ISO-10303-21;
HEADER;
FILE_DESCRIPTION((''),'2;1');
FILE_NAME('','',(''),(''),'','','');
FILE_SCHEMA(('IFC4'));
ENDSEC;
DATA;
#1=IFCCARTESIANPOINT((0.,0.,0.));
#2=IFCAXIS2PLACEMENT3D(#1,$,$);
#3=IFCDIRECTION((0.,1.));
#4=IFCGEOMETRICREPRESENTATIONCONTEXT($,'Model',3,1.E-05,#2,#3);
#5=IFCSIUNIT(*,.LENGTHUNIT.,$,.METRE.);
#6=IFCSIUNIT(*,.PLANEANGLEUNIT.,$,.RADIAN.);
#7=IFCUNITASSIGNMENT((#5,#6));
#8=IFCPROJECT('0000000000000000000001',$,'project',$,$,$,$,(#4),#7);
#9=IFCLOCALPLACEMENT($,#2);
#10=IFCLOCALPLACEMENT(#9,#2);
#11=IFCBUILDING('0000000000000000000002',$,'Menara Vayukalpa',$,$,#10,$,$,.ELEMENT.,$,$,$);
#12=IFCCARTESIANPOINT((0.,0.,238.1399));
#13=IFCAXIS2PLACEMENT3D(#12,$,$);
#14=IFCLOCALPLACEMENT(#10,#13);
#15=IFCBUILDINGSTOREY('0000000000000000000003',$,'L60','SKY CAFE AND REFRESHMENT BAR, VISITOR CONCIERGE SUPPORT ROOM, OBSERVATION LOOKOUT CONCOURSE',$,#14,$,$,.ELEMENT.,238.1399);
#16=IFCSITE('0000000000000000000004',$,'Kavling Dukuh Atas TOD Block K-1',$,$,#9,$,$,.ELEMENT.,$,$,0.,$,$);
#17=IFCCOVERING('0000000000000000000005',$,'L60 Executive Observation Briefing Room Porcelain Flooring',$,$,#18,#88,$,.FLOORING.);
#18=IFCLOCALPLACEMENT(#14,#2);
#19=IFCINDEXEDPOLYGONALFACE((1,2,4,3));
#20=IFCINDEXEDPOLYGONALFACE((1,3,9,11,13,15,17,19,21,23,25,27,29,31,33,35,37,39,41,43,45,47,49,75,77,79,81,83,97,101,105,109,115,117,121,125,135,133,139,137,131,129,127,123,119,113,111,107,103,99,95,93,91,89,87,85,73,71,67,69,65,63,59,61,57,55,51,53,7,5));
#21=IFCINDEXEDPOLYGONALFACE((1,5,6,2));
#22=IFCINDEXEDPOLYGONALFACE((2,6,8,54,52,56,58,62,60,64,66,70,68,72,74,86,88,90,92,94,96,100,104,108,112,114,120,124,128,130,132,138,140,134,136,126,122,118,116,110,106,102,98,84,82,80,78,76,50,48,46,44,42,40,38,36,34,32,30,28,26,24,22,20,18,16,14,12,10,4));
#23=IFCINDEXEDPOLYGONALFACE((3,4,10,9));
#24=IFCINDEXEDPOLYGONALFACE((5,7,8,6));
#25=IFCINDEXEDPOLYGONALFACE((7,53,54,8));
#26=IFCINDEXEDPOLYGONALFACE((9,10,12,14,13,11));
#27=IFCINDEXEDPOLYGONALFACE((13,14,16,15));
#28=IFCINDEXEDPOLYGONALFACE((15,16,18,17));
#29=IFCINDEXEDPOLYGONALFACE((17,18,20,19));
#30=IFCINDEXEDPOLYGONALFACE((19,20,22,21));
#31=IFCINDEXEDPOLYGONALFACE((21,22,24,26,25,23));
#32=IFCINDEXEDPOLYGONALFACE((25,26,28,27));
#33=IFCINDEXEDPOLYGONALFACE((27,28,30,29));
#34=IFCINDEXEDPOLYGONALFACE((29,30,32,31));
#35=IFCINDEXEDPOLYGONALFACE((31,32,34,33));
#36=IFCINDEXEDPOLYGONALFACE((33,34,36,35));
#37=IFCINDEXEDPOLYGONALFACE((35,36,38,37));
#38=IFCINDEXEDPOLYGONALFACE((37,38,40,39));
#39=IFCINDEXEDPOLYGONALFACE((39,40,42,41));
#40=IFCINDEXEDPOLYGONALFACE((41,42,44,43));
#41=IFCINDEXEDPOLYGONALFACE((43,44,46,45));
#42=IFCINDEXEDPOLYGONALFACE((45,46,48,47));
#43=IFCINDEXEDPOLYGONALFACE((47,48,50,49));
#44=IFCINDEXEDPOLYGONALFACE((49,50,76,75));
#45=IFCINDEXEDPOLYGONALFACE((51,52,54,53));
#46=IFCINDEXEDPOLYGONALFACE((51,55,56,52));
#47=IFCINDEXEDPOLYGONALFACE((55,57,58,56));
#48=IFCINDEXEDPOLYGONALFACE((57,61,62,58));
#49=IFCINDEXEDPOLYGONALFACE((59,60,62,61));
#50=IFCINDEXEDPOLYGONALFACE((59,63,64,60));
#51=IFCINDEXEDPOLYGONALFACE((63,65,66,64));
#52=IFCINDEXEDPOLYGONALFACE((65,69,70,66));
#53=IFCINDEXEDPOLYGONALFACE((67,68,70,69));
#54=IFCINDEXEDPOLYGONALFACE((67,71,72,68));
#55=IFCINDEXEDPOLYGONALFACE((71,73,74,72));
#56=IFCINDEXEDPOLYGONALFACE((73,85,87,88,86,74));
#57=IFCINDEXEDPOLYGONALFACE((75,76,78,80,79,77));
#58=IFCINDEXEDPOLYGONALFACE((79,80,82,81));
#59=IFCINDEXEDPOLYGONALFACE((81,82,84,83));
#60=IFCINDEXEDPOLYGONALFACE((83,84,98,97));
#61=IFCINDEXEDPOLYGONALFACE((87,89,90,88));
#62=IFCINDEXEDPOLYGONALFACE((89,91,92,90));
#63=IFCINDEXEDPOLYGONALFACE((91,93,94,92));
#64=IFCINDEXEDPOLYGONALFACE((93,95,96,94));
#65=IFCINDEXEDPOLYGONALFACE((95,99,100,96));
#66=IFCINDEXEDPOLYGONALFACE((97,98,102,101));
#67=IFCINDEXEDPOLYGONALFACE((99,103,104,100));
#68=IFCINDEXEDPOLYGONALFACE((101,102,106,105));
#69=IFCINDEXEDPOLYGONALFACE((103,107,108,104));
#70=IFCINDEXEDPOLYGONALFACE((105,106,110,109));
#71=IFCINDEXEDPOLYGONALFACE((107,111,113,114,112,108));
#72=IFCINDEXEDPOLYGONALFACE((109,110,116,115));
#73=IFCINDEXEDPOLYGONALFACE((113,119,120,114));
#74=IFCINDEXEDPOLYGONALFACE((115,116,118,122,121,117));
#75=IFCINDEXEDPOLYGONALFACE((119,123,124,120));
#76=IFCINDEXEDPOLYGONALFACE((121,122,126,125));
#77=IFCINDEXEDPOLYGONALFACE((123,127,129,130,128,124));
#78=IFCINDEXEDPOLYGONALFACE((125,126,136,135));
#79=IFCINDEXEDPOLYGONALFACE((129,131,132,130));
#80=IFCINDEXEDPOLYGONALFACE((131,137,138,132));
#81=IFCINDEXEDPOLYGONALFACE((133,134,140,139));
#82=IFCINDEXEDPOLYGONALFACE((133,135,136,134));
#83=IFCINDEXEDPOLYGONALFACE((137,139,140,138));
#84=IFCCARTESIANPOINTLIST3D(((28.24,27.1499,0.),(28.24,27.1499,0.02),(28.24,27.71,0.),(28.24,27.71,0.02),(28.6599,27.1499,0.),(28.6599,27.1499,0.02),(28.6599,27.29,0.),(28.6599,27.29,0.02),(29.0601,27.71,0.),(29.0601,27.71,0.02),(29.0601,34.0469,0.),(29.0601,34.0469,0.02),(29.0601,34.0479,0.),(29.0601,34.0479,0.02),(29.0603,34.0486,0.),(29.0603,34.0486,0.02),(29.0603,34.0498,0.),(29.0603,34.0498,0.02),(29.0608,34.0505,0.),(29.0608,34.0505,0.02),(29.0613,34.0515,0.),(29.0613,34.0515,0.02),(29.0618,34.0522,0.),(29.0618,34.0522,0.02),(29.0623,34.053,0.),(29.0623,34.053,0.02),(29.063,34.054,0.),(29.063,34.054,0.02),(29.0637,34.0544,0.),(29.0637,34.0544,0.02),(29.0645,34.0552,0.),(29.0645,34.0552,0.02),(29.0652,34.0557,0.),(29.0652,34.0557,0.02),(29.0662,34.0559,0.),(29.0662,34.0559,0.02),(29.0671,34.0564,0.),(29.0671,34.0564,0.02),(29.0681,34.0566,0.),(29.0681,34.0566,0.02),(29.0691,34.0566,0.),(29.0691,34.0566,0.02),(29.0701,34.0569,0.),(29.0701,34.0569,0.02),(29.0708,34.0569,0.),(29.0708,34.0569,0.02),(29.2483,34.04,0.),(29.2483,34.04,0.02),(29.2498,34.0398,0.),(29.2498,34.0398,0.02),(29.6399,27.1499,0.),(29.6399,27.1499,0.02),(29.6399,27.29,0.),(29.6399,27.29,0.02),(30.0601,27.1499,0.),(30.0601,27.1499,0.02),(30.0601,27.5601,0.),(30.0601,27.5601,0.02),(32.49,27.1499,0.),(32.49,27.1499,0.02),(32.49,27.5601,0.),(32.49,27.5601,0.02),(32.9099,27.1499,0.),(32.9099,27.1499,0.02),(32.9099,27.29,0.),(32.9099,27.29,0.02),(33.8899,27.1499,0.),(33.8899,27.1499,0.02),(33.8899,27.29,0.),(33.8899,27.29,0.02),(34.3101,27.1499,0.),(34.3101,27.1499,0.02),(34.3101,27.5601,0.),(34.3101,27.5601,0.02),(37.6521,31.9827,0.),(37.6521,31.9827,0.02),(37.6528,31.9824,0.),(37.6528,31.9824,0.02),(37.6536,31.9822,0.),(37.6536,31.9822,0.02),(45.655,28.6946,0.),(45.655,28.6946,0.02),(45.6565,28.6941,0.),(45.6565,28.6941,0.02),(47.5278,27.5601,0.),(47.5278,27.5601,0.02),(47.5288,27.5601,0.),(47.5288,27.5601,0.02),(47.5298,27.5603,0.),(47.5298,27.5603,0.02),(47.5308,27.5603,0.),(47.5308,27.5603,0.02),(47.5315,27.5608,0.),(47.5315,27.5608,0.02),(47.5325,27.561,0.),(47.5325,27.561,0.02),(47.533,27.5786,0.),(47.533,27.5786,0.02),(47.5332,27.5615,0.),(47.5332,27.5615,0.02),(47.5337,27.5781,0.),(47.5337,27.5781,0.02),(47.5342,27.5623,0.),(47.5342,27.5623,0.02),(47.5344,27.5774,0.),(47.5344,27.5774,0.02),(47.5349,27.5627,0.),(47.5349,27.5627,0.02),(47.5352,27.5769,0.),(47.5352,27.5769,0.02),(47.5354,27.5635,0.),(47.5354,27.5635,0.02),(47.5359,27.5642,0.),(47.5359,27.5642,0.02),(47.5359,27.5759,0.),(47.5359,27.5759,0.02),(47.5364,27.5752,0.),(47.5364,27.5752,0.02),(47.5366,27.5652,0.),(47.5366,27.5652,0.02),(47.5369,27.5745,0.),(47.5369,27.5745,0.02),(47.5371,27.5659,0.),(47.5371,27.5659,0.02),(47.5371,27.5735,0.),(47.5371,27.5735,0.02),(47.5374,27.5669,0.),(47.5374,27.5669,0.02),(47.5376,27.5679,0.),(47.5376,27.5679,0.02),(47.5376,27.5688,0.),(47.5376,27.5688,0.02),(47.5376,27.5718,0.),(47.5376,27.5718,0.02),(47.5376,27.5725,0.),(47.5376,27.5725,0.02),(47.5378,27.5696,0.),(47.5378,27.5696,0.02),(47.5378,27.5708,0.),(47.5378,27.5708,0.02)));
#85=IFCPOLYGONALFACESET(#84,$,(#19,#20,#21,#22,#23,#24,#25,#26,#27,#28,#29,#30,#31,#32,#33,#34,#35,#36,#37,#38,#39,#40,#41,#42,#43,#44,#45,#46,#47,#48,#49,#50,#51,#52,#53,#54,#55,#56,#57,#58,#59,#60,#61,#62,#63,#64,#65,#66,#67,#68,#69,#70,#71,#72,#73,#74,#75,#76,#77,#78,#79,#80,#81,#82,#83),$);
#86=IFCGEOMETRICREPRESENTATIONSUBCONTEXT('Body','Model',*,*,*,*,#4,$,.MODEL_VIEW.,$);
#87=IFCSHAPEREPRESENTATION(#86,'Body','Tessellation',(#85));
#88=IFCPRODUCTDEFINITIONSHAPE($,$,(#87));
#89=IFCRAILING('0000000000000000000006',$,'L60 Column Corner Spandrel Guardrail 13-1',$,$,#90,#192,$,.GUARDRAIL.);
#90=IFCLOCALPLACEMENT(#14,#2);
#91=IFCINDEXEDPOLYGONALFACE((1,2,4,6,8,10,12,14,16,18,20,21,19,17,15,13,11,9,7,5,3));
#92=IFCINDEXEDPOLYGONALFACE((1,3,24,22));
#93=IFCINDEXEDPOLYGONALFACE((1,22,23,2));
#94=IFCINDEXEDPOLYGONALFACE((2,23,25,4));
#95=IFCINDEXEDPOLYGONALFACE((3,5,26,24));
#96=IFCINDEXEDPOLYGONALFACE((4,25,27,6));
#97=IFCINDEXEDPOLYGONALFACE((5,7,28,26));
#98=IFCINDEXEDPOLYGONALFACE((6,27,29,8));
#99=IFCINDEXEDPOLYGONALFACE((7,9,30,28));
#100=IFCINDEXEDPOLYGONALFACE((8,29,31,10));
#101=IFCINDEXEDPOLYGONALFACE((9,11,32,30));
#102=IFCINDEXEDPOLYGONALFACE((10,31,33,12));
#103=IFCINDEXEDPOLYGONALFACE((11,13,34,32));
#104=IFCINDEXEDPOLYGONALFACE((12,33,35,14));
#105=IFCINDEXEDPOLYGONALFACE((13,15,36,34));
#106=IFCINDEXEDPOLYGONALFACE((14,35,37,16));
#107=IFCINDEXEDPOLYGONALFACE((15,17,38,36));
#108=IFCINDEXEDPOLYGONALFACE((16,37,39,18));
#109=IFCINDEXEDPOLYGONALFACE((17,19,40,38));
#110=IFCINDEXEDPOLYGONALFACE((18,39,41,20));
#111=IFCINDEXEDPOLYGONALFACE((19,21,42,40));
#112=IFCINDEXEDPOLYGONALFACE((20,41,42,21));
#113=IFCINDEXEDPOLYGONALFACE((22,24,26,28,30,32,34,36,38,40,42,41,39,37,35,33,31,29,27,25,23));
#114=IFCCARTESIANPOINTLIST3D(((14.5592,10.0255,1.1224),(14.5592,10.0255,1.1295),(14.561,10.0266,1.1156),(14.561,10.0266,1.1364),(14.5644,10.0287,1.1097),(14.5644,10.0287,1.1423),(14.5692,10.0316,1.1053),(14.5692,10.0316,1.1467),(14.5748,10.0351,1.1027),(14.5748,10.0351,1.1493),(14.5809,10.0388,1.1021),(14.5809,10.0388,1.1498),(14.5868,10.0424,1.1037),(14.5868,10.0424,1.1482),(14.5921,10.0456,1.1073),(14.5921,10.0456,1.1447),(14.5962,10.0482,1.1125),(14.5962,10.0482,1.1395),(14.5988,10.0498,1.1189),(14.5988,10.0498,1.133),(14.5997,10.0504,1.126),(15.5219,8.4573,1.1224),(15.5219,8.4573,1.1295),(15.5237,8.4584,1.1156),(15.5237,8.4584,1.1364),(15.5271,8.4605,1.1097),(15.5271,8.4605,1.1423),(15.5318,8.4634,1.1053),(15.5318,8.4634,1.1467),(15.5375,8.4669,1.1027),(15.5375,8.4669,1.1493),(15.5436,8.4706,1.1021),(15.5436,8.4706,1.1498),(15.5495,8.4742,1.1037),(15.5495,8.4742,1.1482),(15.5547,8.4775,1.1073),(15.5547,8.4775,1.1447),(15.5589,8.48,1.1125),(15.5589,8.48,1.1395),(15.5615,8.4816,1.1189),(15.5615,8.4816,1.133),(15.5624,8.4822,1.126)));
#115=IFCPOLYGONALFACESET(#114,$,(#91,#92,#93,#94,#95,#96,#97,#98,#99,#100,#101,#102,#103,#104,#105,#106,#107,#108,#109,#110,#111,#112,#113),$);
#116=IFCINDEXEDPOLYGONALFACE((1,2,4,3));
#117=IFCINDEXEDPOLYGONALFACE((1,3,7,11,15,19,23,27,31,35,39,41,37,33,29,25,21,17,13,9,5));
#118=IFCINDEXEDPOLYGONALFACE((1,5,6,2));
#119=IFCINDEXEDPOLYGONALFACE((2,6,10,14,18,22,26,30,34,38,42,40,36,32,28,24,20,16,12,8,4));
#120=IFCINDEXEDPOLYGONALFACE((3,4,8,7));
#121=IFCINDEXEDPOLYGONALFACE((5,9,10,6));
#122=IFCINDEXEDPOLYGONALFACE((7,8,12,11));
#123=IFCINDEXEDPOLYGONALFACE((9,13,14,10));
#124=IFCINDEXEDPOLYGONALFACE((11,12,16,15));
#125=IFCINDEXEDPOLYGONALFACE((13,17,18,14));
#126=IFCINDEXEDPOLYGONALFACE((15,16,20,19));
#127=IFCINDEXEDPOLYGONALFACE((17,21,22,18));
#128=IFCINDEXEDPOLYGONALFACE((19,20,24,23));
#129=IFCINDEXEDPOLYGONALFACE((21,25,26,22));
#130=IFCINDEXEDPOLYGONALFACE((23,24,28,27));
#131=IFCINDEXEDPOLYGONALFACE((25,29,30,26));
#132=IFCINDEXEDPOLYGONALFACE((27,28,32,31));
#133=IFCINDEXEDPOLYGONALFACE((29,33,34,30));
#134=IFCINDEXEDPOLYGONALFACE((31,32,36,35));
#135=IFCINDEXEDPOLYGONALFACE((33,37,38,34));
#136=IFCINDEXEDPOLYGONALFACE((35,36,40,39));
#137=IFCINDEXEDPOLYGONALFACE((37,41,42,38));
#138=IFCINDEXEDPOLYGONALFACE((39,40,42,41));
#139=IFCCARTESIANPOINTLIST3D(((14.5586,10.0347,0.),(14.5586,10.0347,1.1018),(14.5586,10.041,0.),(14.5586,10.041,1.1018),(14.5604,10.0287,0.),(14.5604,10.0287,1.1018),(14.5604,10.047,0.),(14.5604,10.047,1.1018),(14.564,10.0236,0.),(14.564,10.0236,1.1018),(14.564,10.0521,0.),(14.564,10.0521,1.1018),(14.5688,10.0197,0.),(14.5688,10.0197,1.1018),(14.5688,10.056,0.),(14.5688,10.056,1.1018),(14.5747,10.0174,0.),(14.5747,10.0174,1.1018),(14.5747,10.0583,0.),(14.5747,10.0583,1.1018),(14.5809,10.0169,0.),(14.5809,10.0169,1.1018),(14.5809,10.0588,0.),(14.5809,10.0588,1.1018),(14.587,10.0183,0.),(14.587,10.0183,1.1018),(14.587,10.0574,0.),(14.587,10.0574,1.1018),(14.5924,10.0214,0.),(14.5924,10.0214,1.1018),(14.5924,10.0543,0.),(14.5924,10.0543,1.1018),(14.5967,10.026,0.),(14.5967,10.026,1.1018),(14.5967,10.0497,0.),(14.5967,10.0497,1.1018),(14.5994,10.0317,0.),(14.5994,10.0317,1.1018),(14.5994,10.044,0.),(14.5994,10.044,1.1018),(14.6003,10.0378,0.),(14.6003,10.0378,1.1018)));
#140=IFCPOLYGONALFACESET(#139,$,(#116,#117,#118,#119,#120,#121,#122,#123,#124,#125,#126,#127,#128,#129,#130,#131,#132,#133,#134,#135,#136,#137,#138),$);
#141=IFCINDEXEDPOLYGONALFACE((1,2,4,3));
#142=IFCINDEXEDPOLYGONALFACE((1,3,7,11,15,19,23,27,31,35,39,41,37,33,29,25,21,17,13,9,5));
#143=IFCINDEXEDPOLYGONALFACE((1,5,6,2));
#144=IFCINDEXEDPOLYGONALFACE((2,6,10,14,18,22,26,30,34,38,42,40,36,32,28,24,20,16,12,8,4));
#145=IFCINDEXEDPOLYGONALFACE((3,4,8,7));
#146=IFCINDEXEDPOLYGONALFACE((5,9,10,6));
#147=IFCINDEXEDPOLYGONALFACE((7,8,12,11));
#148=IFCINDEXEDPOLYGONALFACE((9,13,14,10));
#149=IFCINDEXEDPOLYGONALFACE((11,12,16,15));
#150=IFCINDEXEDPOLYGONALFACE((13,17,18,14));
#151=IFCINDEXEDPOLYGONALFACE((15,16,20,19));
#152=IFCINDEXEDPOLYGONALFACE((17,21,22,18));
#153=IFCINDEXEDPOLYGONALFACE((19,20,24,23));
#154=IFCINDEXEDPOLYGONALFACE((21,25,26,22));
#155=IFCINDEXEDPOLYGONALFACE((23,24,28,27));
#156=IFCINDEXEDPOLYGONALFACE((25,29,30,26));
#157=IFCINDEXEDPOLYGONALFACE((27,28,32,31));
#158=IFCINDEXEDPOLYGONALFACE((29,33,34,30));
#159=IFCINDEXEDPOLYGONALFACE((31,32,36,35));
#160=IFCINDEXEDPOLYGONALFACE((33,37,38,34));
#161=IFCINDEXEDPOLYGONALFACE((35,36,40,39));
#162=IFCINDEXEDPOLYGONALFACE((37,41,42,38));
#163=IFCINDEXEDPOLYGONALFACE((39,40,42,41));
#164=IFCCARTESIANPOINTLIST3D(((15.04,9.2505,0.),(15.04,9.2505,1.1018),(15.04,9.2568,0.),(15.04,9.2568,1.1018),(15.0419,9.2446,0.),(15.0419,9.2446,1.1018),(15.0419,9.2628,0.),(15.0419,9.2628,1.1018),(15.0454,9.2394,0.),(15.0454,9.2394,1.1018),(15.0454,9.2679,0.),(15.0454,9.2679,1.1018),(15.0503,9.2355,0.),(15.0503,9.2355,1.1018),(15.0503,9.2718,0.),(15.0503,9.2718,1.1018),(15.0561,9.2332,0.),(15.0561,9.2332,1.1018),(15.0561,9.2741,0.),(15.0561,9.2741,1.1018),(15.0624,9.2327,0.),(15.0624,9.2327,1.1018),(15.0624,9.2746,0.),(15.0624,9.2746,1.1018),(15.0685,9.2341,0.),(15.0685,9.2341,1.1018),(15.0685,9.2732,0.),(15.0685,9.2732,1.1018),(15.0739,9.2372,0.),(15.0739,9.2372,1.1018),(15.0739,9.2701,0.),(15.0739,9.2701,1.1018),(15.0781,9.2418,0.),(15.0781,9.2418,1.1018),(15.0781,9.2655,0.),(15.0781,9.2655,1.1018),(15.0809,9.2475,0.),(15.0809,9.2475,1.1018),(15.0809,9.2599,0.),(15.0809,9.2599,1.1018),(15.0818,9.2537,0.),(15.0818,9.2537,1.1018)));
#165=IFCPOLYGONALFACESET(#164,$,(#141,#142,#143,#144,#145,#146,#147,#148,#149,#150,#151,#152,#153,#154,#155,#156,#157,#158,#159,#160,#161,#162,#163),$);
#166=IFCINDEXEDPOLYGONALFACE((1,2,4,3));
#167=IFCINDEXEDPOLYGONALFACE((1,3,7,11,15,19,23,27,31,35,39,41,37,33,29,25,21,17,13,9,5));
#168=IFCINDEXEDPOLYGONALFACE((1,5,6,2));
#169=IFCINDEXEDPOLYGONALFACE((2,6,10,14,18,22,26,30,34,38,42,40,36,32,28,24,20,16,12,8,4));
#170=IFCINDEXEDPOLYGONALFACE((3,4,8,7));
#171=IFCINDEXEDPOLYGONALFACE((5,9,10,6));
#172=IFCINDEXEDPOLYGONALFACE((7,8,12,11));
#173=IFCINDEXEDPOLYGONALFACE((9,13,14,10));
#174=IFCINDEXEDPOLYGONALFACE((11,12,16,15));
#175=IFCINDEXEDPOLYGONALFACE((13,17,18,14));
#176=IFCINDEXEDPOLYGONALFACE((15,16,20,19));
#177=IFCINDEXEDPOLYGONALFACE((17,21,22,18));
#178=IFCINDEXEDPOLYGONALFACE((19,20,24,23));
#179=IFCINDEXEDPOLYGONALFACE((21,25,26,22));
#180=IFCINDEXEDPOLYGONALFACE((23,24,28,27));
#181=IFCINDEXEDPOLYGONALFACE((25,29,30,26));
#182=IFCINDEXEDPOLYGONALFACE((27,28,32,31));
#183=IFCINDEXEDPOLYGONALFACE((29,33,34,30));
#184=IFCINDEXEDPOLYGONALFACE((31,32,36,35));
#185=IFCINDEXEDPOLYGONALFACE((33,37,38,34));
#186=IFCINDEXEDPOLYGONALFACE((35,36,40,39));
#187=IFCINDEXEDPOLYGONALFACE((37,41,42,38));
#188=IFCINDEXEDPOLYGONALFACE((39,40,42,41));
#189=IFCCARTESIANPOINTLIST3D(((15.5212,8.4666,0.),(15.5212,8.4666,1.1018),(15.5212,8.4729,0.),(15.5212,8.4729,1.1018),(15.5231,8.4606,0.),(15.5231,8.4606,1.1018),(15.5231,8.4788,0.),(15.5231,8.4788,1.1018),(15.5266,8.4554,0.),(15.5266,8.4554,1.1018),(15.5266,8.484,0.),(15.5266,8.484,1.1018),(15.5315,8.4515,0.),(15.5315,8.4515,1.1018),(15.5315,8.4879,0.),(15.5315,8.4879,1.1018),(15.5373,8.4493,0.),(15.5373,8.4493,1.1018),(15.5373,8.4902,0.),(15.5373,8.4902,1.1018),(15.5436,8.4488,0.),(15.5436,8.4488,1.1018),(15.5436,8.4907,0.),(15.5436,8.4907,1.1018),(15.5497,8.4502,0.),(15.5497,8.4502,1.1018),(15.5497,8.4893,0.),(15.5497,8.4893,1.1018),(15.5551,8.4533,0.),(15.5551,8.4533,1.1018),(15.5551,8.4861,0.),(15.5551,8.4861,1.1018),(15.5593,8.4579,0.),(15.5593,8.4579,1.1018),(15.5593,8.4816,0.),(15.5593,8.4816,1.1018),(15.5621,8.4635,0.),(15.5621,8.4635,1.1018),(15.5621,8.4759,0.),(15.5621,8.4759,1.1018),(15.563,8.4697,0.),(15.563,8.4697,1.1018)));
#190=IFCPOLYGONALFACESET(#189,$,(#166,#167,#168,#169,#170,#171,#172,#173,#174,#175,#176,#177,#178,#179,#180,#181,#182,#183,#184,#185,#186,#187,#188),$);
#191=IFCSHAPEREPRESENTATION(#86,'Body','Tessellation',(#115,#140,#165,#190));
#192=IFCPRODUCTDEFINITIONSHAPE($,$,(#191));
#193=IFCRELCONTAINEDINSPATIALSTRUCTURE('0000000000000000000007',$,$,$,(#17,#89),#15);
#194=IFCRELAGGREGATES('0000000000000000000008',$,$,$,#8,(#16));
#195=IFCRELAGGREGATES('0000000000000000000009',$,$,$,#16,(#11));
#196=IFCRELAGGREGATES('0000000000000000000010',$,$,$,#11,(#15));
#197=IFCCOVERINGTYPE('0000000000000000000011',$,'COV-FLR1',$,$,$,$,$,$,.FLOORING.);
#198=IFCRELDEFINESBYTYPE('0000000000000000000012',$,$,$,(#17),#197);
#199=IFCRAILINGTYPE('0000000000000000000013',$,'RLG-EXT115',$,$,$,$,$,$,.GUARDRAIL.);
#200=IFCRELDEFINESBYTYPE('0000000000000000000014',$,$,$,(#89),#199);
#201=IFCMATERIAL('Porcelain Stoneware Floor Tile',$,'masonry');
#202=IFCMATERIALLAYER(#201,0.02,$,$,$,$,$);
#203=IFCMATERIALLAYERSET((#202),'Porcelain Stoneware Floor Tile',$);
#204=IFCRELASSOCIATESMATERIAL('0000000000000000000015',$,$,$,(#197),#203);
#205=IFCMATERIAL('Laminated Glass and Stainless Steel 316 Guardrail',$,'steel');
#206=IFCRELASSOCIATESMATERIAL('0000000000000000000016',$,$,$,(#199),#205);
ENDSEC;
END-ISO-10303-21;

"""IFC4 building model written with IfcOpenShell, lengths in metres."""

from ifc_helpers import new_model, si_unit, direction, frame, origin, origin_2d, place, context, subcontext, project, spatial, polyline, circle, outline, extrude, material, layer, layer_set, type_object, element, save


model = new_model("IFC4")

# Units and contexts
model_context = context("Model", 3, precision=1e-05, world=origin(), true_north=direction((0.0, 1.0)))
body_context = subcontext(model_context, "Body", "Model", "MODEL_VIEW")
ifc_project = project(units=[si_unit("LENGTHUNIT", "METRE"), si_unit("PLANEANGLEUNIT", "RADIAN")], contexts=[model_context])

# Site, building, storey
site_placement = place(None, origin())
site = spatial("IfcSite", under=ifc_project, at=site_placement, Name="Kavling Dukuh Atas TOD Block K-1", CompositionType="ELEMENT", RefElevation=0.0)
building_placement = place(site_placement, origin())
building = spatial("IfcBuilding", under=site, at=building_placement, Name="Menara Vayukalpa", CompositionType="ELEMENT")
storey_placement = place(building_placement, frame((0.0, 0.0, 238.1399)))
storey = spatial("IfcBuildingStorey", under=building, at=storey_placement, Name="L60", Description="SKY CAFE AND REFRESHMENT BAR, VISITOR CONCIERGE SUPPORT ROOM, OBSERVATION LOOKOUT CONCOURSE", CompositionType="ELEMENT", Elevation=238.1399)

# Covering
ifc_material_1 = material(Name="Porcelain Stoneware Floor Tile", Category="masonry")
ifc_layer_1 = layer(ifc_material_1, 0.02)
ifc_layer_set_1 = layer_set([ifc_layer_1], Name="Porcelain Stoneware Floor Tile")
covering_type_1 = type_object("IfcCoveringType", Name="COV-FLR1", PredefinedType="FLOORING", material=ifc_layer_set_1)
covering_1_placement = place(storey_placement, origin())
element("IfcCovering", 1, at=covering_1_placement, inside=storey, type_object=covering_type_1, Name="L60 Executive Observation Briefing Room Porcelain Flooring", PredefinedType="FLOORING", context=body_context, shape_type="SweptSolid", body=[
    extrude(outline(polyline([(29.0601, 34.0469), (29.0601, 34.0479), (29.0603, 34.0486), (29.0603, 34.0498), (29.0608, 34.0505), (29.0613, 34.0515), (29.0618, 34.0522), (29.0623, 34.053), (29.063, 34.054), (29.0637, 34.0544), (29.0645, 34.0552), (29.0652, 34.0557), (29.0662, 34.0559), (29.0671, 34.0564), (29.0681, 34.0566), (29.0691, 34.0566), (29.0701, 34.0569), (29.0708, 34.0569), (29.2483, 34.04), (29.2498, 34.0398), (37.6521, 31.9827), (37.6528, 31.9824), (37.6536, 31.9822), (45.655, 28.6946), (45.6565, 28.6941), (47.533, 27.5786), (47.5337, 27.5781), (47.5344, 27.5774), (47.5352, 27.5769), (47.5359, 27.5759), (47.5364, 27.5752), (47.5369, 27.5745), (47.5371, 27.5735), (47.5376, 27.5725), (47.5376, 27.5718), (47.5378, 27.5708), (47.5378, 27.5696), (47.5376, 27.5688), (47.5376, 27.5679), (47.5374, 27.5669), (47.5371, 27.5659), (47.5366, 27.5652), (47.5359, 27.5642), (47.5354, 27.5635), (47.5349, 27.5627), (47.5342, 27.5623), (47.5332, 27.5615), (47.5325, 27.561), (47.5315, 27.5608), (47.5308, 27.5603), (47.5298, 27.5603), (47.5288, 27.5601), (47.5278, 27.5601), (34.3101, 27.5601), (34.3101, 27.1499), (33.8899, 27.1499), (33.8899, 27.29), (32.9099, 27.29), (32.9099, 27.1499), (32.49, 27.1499), (32.49, 27.5601), (30.0601, 27.5601), (30.0601, 27.1499), (29.6399, 27.1499), (29.6399, 27.29), (28.6599, 27.29), (28.6599, 27.1499), (28.24, 27.1499), (28.24, 27.71), (29.0601, 27.71), (29.0601, 34.0469)])), origin(), (0.0, 0.0, 1.0), 0.02),
])

# Railing
ifc_material_2 = material(Name="Laminated Glass and Stainless Steel 316 Guardrail", Category="steel")
railing_type = type_object("IfcRailingType", Name="RLG-EXT115", PredefinedType="GUARDRAIL", material=ifc_material_2)
railing_placement = place(storey_placement, frame((14.5793, 10.0378, 0.0)))
element("IfcRailing", 2, at=railing_placement, inside=storey, type_object=railing_type, Name="L60 Column Corner Spandrel Guardrail 13-1", PredefinedType="GUARDRAIL", context=body_context, shape_type="SweptSolid", body=[
    extrude(circle(Radius=0.0239, at=origin_2d()), frame((0.0, 0.0, 1.126), z_axis=(0.523172, -0.852227, 0.0), x_axis=(0.852227, 0.523172, 0.0)), (0.0, 0.0, 1.0), 1.8401),
    extrude(circle(Radius=0.021, at=origin_2d()), origin(), (0.0, 0.0, 1.0), 1.1018),
    extrude(circle(Radius=0.021, at=origin_2d()), frame((0.4814, -0.7842, 0.0)), (0.0, 0.0, 1.0), 1.1018),
    extrude(circle(Radius=0.021, at=origin_2d()), frame((0.9626, -1.5681, 0.0)), (0.0, 0.0, 1.0), 1.1018),
])

save(model, "model.ifc")
